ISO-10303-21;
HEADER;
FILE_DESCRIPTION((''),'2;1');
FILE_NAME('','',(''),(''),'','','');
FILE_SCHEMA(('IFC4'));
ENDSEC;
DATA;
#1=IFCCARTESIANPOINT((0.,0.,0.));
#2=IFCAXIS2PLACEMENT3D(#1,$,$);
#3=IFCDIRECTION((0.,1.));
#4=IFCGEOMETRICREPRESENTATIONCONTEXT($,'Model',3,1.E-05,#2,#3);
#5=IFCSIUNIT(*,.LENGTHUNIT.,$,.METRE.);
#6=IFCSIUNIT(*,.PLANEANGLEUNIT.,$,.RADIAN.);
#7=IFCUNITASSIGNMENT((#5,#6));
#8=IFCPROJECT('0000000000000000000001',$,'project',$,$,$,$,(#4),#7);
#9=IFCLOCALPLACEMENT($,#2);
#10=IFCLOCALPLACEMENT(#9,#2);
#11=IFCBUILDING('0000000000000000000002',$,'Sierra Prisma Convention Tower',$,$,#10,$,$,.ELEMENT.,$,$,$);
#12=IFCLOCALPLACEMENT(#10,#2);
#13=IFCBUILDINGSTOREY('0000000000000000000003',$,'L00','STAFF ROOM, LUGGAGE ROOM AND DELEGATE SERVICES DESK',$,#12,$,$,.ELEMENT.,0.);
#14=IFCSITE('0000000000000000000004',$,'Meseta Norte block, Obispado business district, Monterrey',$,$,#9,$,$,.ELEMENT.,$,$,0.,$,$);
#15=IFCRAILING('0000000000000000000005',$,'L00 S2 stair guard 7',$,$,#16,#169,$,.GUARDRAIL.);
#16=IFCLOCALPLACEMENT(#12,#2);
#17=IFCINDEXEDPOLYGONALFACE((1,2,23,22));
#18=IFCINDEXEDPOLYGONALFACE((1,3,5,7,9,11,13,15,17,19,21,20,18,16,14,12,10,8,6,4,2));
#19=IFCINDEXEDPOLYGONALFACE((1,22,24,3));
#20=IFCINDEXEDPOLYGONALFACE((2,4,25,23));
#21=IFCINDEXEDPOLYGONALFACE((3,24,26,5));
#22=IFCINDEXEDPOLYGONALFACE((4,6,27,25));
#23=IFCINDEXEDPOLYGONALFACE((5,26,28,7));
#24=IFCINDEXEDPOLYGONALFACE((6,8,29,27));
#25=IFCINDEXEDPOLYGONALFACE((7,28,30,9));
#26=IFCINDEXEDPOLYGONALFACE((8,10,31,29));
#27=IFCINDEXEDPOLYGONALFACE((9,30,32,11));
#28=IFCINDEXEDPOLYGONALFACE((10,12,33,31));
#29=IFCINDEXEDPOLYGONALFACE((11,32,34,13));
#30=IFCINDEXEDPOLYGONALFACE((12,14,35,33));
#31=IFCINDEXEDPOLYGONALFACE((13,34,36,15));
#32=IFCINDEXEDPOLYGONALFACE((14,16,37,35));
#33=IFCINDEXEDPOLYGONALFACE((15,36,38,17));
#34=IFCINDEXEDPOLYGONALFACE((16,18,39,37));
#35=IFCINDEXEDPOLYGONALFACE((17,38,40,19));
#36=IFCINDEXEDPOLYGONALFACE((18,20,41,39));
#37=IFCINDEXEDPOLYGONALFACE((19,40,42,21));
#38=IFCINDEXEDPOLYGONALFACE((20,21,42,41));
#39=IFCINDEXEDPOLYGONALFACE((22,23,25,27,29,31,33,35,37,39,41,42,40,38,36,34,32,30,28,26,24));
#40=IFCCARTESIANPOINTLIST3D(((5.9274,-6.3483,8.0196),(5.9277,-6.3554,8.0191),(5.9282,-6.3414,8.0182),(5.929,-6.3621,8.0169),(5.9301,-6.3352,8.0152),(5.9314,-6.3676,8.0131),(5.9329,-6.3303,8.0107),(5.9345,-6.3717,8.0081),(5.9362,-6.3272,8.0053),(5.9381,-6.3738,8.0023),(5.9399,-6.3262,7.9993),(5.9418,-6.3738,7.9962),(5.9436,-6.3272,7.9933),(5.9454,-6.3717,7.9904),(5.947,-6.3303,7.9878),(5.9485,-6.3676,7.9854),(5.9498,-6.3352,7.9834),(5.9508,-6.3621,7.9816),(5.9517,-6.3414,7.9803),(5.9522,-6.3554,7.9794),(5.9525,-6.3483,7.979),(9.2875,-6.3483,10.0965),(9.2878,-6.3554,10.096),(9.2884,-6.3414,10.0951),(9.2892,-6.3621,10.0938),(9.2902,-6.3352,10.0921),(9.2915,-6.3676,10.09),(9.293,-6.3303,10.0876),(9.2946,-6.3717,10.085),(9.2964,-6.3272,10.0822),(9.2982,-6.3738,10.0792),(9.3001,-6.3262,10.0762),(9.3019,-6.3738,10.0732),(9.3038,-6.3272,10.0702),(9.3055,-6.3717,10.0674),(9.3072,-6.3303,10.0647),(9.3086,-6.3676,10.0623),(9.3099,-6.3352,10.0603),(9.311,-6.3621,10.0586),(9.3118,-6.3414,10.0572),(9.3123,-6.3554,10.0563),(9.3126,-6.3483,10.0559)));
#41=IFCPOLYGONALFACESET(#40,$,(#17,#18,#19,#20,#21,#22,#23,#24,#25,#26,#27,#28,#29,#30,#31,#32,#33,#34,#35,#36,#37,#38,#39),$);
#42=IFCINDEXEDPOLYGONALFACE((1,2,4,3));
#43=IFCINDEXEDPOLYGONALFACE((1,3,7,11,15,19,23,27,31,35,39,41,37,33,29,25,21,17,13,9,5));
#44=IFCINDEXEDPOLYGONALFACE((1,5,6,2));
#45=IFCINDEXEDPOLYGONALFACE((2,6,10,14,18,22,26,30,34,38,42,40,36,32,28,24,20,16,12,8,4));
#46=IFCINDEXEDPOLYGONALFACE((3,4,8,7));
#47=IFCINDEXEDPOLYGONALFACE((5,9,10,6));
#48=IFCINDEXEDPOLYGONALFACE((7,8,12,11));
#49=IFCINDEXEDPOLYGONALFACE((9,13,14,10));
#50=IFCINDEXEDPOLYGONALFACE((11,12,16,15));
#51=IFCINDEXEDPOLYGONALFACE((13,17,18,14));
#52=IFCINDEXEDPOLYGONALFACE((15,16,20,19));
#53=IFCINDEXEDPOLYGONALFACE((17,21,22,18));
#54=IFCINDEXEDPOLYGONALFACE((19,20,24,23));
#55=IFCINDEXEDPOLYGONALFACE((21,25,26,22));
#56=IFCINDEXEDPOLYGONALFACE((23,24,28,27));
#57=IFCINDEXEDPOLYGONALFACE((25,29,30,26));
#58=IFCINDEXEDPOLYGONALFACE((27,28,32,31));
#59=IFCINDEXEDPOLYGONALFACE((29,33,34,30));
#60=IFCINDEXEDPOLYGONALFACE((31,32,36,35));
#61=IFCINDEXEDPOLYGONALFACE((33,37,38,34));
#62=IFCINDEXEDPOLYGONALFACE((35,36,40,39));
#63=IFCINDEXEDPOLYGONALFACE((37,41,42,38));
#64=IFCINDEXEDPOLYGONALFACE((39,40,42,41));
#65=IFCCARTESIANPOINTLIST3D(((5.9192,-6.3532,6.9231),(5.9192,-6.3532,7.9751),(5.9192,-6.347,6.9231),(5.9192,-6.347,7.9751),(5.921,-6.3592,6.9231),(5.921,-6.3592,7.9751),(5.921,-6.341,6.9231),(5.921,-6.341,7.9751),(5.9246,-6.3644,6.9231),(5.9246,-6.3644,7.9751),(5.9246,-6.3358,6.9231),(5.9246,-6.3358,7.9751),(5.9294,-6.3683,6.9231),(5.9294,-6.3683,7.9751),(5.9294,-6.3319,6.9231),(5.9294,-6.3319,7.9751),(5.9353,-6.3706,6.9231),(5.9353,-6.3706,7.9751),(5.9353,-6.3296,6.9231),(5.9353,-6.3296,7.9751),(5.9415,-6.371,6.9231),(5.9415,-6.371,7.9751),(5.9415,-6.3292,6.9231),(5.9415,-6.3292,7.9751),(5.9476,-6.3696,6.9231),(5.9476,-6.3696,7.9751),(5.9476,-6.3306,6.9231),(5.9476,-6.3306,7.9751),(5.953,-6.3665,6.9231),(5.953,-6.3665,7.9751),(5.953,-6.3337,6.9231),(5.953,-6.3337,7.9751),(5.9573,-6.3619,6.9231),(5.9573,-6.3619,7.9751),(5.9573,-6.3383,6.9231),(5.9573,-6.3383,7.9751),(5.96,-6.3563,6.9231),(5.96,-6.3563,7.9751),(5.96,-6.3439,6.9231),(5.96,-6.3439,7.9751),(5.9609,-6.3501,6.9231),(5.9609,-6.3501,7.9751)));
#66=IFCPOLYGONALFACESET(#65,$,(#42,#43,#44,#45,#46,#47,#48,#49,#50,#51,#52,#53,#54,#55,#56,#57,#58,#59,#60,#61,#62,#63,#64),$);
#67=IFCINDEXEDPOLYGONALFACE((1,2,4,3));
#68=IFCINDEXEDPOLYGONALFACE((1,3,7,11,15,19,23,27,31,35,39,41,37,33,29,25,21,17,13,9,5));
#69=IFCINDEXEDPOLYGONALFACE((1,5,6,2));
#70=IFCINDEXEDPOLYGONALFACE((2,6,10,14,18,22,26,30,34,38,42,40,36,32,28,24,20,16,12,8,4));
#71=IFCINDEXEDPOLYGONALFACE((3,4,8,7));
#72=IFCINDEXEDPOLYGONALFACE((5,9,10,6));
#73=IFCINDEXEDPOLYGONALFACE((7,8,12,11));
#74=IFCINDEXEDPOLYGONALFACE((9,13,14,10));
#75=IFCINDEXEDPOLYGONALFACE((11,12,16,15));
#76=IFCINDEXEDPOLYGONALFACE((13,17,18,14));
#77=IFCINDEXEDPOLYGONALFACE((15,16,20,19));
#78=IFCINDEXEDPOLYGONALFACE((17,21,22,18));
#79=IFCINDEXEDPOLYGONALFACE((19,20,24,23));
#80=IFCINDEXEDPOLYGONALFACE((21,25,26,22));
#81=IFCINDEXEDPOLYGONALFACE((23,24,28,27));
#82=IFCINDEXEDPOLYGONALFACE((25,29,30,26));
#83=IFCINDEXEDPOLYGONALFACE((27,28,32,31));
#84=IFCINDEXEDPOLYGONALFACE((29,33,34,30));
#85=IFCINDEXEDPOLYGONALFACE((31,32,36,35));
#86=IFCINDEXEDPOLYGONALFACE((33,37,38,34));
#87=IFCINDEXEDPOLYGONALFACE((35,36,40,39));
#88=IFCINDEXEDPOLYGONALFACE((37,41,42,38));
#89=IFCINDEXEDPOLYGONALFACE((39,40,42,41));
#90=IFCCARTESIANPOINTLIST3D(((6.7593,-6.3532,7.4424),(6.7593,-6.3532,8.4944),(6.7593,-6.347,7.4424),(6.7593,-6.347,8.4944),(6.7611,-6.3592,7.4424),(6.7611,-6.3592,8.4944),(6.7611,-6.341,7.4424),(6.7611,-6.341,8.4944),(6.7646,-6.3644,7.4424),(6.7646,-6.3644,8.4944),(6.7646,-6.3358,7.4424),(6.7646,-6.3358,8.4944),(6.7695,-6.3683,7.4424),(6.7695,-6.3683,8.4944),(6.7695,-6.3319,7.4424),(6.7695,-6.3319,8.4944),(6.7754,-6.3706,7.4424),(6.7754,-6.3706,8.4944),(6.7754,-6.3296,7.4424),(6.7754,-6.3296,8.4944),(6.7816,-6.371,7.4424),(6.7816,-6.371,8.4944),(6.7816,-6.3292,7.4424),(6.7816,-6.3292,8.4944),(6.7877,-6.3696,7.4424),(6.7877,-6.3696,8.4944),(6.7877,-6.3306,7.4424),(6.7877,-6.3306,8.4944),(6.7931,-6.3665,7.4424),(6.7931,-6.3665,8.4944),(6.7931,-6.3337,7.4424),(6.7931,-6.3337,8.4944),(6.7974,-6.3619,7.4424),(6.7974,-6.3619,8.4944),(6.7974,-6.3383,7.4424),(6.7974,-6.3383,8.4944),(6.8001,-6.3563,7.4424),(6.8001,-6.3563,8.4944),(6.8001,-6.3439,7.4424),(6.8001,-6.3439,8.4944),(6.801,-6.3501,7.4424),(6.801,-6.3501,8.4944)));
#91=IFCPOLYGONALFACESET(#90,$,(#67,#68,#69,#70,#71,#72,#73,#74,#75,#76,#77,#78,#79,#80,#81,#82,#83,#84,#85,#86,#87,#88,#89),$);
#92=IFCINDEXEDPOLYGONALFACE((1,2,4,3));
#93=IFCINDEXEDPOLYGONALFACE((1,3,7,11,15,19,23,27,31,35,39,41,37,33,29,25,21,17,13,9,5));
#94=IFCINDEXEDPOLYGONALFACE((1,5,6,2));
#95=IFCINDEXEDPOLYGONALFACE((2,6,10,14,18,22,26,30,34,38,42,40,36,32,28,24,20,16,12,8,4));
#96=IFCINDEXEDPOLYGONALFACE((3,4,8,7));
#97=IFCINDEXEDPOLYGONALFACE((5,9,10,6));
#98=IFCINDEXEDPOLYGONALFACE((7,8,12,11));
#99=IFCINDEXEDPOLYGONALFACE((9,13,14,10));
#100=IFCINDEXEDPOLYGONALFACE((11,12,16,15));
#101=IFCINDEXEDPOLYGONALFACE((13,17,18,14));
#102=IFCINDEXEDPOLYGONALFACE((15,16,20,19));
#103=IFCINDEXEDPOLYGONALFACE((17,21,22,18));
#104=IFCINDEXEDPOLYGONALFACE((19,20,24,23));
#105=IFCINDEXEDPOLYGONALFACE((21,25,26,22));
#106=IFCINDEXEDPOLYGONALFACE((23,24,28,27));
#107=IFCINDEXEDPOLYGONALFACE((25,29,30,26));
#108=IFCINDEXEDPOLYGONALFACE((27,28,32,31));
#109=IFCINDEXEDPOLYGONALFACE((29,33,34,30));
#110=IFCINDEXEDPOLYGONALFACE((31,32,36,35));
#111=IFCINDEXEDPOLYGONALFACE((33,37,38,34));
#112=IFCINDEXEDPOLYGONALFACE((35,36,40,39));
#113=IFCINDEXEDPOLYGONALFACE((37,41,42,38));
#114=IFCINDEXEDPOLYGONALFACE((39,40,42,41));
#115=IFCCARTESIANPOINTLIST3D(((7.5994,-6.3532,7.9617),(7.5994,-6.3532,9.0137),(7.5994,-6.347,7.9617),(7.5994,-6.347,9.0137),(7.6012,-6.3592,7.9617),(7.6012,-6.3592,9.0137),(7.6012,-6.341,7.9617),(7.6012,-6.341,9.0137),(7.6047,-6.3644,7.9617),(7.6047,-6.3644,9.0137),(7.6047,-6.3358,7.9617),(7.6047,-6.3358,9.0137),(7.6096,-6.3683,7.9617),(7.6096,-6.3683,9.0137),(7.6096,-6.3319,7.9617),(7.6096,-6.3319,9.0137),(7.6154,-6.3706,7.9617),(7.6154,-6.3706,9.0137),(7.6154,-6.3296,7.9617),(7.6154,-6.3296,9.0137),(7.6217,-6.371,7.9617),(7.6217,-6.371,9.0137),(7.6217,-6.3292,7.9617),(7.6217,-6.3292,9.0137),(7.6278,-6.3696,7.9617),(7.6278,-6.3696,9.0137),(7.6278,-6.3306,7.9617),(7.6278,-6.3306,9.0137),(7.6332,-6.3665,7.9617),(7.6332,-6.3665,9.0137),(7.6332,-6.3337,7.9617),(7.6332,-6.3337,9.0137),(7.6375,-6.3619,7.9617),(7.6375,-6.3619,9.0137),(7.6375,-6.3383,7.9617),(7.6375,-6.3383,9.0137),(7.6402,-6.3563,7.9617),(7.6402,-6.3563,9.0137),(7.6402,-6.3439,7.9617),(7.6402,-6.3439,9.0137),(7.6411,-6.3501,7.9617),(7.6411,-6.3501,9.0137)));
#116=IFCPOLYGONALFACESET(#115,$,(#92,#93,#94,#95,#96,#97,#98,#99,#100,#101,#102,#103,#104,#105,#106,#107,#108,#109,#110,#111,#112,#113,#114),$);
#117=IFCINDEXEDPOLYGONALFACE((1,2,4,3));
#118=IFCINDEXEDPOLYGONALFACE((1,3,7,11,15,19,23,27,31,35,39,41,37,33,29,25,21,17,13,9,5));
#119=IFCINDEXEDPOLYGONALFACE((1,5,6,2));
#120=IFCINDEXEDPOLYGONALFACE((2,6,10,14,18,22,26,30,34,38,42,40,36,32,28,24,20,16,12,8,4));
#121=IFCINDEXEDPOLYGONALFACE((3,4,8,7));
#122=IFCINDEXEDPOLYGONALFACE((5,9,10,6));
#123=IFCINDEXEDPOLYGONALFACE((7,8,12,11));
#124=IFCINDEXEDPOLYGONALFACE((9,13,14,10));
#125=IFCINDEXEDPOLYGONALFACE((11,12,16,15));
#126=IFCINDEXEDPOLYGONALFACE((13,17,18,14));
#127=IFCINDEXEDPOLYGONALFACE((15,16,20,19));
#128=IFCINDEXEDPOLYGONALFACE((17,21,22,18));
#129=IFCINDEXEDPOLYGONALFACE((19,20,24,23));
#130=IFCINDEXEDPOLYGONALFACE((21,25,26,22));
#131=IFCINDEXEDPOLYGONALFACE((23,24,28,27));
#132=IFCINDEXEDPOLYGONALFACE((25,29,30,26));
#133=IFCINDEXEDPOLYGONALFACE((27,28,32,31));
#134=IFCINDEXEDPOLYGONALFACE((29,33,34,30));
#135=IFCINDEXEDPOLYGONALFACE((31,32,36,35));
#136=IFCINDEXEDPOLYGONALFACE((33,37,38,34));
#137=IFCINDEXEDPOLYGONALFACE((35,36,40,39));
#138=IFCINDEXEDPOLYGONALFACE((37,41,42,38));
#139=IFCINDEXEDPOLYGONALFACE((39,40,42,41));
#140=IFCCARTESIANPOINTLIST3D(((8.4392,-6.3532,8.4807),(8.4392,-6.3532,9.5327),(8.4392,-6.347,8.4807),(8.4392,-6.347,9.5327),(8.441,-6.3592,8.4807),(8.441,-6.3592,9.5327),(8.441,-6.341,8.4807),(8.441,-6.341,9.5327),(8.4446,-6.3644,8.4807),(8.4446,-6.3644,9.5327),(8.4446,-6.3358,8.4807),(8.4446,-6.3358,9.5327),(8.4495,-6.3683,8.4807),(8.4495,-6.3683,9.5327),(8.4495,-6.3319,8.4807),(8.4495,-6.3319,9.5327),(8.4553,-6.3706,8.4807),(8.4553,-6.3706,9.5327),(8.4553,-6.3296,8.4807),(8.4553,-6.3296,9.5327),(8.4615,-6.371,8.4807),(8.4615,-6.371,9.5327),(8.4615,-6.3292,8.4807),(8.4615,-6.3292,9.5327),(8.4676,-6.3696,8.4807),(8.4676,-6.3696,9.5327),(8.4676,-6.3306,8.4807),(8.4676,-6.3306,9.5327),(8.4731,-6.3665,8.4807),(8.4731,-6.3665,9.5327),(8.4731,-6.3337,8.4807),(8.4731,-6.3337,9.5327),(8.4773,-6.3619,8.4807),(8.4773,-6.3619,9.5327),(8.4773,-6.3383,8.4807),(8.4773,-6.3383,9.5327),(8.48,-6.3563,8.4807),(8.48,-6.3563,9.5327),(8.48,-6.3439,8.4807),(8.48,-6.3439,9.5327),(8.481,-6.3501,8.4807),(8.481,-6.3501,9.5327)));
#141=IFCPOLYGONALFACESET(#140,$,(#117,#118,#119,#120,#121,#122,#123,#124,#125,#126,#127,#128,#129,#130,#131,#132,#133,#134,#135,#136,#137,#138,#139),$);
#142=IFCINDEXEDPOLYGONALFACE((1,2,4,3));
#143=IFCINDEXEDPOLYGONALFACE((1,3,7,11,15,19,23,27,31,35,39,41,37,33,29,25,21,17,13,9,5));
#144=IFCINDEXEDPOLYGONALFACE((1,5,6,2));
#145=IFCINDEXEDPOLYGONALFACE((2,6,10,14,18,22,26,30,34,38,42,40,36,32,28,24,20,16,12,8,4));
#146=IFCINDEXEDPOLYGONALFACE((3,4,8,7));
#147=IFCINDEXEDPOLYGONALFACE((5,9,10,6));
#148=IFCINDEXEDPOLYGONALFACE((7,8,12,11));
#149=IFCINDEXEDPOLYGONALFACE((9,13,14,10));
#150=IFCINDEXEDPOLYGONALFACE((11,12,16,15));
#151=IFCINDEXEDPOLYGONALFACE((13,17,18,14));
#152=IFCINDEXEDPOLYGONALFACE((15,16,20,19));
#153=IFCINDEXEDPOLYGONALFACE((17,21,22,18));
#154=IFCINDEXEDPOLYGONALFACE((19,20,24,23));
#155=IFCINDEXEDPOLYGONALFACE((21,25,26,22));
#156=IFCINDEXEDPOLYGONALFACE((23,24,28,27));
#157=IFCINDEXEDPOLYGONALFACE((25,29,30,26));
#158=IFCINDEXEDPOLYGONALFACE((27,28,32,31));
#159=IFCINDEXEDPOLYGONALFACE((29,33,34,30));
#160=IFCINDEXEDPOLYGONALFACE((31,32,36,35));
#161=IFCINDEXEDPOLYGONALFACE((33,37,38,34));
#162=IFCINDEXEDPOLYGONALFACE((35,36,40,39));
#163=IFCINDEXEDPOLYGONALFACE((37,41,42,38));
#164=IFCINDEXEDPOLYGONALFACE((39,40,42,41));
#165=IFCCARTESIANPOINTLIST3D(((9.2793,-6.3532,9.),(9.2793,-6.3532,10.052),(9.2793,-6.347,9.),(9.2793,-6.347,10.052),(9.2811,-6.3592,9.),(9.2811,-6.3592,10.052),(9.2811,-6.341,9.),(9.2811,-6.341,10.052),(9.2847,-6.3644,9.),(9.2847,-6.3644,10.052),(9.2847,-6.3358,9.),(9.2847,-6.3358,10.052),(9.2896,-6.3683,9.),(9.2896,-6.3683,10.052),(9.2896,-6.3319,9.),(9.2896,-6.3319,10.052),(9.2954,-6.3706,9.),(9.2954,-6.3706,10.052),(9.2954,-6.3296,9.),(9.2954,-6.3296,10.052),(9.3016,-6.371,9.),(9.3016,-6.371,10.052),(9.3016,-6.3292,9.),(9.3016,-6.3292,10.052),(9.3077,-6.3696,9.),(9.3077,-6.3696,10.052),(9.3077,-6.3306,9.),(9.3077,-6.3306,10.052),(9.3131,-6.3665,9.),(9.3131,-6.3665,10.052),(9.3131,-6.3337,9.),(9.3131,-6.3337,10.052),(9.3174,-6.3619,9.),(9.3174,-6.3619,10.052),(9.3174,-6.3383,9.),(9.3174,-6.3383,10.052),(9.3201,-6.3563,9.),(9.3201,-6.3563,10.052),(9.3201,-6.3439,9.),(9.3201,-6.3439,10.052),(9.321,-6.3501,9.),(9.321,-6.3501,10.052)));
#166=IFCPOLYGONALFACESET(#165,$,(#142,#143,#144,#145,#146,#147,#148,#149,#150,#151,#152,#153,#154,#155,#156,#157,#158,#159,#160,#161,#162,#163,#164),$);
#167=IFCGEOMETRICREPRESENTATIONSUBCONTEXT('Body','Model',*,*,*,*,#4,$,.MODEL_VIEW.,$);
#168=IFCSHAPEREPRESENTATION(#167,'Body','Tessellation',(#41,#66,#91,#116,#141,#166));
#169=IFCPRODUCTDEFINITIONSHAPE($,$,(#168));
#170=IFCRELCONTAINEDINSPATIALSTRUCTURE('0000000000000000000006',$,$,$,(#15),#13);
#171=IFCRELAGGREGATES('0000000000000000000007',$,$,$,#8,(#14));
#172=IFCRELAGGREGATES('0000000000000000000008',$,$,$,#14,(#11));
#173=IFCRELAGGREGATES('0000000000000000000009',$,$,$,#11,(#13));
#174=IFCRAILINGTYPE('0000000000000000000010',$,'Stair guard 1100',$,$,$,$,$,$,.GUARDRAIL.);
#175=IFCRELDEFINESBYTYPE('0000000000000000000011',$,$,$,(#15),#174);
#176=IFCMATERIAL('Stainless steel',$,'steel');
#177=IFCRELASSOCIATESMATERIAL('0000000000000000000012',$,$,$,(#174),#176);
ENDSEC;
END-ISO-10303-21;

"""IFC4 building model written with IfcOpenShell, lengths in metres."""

from ifc_helpers import new_model, si_unit, direction, frame, origin, origin_2d, place, context, subcontext, project, spatial, circle, extrude, material, type_object, element, save


model = new_model("IFC4")

# Units and contexts
model_context = context("Model", 3, precision=1e-05, world=origin(), true_north=direction((0.0, 1.0)))
body_context = subcontext(model_context, "Body", "Model", "MODEL_VIEW")
ifc_project = project(units=[si_unit("LENGTHUNIT", "METRE"), si_unit("PLANEANGLEUNIT", "RADIAN")], contexts=[model_context])

# Site, building, storey
site_placement = place(None, origin())
site = spatial("IfcSite", under=ifc_project, at=site_placement, Name="Meseta Norte block, Obispado business district, Monterrey", CompositionType="ELEMENT", RefElevation=0.0)
building_placement = place(site_placement, origin())
building = spatial("IfcBuilding", under=site, at=building_placement, Name="Sierra Prisma Convention Tower", CompositionType="ELEMENT")
storey_placement = place(building_placement, origin())
storey = spatial("IfcBuildingStorey", under=building, at=storey_placement, Name="L00", Description="STAFF ROOM, LUGGAGE ROOM AND DELEGATE SERVICES DESK", CompositionType="ELEMENT", Elevation=0.0)

# Railing
ifc_material_1 = material(Name="Stainless steel", Category="steel")
railing_type_1 = type_object("IfcRailingType", Name="Stair guard 1100", PredefinedType="GUARDRAIL", material=ifc_material_1)
railing_1_placement = place(storey_placement, frame((5.9399, -6.3501, 6.9231)))
element("IfcRailing", 1, at=railing_1_placement, inside=storey, type_object=railing_type_1, Name="L00 S2 stair guard 7", PredefinedType="GUARDRAIL", context=body_context, shape_type="SweptSolid", body=[
    extrude(circle(Radius=0.0239, at=origin_2d()), frame((0.0, 0.0, 1.0762), z_axis=(0.850623, 0.0, 0.525776), x_axis=(0.0, 1.0, 0.0)), (0.0, 0.0, 1.0), 3.9502),
    extrude(circle(Radius=0.021, at=origin_2d()), origin(), (0.0, 0.0, 1.0), 1.052),
    extrude(circle(Radius=0.021, at=origin_2d()), frame((0.8401, 0.0, 0.5193)), (0.0, 0.0, 1.0), 1.052),
    extrude(circle(Radius=0.021, at=origin_2d()), frame((1.6802, 0.0, 1.0386)), (0.0, 0.0, 1.0), 1.052),
    extrude(circle(Radius=0.021, at=origin_2d()), frame((2.52, 0.0, 1.5576)), (0.0, 0.0, 1.0), 1.052),
    extrude(circle(Radius=0.021, at=origin_2d()), frame((3.3601, 0.0, 2.0769)), (0.0, 0.0, 1.0), 1.052),
])

save(model, "model.ifc")
